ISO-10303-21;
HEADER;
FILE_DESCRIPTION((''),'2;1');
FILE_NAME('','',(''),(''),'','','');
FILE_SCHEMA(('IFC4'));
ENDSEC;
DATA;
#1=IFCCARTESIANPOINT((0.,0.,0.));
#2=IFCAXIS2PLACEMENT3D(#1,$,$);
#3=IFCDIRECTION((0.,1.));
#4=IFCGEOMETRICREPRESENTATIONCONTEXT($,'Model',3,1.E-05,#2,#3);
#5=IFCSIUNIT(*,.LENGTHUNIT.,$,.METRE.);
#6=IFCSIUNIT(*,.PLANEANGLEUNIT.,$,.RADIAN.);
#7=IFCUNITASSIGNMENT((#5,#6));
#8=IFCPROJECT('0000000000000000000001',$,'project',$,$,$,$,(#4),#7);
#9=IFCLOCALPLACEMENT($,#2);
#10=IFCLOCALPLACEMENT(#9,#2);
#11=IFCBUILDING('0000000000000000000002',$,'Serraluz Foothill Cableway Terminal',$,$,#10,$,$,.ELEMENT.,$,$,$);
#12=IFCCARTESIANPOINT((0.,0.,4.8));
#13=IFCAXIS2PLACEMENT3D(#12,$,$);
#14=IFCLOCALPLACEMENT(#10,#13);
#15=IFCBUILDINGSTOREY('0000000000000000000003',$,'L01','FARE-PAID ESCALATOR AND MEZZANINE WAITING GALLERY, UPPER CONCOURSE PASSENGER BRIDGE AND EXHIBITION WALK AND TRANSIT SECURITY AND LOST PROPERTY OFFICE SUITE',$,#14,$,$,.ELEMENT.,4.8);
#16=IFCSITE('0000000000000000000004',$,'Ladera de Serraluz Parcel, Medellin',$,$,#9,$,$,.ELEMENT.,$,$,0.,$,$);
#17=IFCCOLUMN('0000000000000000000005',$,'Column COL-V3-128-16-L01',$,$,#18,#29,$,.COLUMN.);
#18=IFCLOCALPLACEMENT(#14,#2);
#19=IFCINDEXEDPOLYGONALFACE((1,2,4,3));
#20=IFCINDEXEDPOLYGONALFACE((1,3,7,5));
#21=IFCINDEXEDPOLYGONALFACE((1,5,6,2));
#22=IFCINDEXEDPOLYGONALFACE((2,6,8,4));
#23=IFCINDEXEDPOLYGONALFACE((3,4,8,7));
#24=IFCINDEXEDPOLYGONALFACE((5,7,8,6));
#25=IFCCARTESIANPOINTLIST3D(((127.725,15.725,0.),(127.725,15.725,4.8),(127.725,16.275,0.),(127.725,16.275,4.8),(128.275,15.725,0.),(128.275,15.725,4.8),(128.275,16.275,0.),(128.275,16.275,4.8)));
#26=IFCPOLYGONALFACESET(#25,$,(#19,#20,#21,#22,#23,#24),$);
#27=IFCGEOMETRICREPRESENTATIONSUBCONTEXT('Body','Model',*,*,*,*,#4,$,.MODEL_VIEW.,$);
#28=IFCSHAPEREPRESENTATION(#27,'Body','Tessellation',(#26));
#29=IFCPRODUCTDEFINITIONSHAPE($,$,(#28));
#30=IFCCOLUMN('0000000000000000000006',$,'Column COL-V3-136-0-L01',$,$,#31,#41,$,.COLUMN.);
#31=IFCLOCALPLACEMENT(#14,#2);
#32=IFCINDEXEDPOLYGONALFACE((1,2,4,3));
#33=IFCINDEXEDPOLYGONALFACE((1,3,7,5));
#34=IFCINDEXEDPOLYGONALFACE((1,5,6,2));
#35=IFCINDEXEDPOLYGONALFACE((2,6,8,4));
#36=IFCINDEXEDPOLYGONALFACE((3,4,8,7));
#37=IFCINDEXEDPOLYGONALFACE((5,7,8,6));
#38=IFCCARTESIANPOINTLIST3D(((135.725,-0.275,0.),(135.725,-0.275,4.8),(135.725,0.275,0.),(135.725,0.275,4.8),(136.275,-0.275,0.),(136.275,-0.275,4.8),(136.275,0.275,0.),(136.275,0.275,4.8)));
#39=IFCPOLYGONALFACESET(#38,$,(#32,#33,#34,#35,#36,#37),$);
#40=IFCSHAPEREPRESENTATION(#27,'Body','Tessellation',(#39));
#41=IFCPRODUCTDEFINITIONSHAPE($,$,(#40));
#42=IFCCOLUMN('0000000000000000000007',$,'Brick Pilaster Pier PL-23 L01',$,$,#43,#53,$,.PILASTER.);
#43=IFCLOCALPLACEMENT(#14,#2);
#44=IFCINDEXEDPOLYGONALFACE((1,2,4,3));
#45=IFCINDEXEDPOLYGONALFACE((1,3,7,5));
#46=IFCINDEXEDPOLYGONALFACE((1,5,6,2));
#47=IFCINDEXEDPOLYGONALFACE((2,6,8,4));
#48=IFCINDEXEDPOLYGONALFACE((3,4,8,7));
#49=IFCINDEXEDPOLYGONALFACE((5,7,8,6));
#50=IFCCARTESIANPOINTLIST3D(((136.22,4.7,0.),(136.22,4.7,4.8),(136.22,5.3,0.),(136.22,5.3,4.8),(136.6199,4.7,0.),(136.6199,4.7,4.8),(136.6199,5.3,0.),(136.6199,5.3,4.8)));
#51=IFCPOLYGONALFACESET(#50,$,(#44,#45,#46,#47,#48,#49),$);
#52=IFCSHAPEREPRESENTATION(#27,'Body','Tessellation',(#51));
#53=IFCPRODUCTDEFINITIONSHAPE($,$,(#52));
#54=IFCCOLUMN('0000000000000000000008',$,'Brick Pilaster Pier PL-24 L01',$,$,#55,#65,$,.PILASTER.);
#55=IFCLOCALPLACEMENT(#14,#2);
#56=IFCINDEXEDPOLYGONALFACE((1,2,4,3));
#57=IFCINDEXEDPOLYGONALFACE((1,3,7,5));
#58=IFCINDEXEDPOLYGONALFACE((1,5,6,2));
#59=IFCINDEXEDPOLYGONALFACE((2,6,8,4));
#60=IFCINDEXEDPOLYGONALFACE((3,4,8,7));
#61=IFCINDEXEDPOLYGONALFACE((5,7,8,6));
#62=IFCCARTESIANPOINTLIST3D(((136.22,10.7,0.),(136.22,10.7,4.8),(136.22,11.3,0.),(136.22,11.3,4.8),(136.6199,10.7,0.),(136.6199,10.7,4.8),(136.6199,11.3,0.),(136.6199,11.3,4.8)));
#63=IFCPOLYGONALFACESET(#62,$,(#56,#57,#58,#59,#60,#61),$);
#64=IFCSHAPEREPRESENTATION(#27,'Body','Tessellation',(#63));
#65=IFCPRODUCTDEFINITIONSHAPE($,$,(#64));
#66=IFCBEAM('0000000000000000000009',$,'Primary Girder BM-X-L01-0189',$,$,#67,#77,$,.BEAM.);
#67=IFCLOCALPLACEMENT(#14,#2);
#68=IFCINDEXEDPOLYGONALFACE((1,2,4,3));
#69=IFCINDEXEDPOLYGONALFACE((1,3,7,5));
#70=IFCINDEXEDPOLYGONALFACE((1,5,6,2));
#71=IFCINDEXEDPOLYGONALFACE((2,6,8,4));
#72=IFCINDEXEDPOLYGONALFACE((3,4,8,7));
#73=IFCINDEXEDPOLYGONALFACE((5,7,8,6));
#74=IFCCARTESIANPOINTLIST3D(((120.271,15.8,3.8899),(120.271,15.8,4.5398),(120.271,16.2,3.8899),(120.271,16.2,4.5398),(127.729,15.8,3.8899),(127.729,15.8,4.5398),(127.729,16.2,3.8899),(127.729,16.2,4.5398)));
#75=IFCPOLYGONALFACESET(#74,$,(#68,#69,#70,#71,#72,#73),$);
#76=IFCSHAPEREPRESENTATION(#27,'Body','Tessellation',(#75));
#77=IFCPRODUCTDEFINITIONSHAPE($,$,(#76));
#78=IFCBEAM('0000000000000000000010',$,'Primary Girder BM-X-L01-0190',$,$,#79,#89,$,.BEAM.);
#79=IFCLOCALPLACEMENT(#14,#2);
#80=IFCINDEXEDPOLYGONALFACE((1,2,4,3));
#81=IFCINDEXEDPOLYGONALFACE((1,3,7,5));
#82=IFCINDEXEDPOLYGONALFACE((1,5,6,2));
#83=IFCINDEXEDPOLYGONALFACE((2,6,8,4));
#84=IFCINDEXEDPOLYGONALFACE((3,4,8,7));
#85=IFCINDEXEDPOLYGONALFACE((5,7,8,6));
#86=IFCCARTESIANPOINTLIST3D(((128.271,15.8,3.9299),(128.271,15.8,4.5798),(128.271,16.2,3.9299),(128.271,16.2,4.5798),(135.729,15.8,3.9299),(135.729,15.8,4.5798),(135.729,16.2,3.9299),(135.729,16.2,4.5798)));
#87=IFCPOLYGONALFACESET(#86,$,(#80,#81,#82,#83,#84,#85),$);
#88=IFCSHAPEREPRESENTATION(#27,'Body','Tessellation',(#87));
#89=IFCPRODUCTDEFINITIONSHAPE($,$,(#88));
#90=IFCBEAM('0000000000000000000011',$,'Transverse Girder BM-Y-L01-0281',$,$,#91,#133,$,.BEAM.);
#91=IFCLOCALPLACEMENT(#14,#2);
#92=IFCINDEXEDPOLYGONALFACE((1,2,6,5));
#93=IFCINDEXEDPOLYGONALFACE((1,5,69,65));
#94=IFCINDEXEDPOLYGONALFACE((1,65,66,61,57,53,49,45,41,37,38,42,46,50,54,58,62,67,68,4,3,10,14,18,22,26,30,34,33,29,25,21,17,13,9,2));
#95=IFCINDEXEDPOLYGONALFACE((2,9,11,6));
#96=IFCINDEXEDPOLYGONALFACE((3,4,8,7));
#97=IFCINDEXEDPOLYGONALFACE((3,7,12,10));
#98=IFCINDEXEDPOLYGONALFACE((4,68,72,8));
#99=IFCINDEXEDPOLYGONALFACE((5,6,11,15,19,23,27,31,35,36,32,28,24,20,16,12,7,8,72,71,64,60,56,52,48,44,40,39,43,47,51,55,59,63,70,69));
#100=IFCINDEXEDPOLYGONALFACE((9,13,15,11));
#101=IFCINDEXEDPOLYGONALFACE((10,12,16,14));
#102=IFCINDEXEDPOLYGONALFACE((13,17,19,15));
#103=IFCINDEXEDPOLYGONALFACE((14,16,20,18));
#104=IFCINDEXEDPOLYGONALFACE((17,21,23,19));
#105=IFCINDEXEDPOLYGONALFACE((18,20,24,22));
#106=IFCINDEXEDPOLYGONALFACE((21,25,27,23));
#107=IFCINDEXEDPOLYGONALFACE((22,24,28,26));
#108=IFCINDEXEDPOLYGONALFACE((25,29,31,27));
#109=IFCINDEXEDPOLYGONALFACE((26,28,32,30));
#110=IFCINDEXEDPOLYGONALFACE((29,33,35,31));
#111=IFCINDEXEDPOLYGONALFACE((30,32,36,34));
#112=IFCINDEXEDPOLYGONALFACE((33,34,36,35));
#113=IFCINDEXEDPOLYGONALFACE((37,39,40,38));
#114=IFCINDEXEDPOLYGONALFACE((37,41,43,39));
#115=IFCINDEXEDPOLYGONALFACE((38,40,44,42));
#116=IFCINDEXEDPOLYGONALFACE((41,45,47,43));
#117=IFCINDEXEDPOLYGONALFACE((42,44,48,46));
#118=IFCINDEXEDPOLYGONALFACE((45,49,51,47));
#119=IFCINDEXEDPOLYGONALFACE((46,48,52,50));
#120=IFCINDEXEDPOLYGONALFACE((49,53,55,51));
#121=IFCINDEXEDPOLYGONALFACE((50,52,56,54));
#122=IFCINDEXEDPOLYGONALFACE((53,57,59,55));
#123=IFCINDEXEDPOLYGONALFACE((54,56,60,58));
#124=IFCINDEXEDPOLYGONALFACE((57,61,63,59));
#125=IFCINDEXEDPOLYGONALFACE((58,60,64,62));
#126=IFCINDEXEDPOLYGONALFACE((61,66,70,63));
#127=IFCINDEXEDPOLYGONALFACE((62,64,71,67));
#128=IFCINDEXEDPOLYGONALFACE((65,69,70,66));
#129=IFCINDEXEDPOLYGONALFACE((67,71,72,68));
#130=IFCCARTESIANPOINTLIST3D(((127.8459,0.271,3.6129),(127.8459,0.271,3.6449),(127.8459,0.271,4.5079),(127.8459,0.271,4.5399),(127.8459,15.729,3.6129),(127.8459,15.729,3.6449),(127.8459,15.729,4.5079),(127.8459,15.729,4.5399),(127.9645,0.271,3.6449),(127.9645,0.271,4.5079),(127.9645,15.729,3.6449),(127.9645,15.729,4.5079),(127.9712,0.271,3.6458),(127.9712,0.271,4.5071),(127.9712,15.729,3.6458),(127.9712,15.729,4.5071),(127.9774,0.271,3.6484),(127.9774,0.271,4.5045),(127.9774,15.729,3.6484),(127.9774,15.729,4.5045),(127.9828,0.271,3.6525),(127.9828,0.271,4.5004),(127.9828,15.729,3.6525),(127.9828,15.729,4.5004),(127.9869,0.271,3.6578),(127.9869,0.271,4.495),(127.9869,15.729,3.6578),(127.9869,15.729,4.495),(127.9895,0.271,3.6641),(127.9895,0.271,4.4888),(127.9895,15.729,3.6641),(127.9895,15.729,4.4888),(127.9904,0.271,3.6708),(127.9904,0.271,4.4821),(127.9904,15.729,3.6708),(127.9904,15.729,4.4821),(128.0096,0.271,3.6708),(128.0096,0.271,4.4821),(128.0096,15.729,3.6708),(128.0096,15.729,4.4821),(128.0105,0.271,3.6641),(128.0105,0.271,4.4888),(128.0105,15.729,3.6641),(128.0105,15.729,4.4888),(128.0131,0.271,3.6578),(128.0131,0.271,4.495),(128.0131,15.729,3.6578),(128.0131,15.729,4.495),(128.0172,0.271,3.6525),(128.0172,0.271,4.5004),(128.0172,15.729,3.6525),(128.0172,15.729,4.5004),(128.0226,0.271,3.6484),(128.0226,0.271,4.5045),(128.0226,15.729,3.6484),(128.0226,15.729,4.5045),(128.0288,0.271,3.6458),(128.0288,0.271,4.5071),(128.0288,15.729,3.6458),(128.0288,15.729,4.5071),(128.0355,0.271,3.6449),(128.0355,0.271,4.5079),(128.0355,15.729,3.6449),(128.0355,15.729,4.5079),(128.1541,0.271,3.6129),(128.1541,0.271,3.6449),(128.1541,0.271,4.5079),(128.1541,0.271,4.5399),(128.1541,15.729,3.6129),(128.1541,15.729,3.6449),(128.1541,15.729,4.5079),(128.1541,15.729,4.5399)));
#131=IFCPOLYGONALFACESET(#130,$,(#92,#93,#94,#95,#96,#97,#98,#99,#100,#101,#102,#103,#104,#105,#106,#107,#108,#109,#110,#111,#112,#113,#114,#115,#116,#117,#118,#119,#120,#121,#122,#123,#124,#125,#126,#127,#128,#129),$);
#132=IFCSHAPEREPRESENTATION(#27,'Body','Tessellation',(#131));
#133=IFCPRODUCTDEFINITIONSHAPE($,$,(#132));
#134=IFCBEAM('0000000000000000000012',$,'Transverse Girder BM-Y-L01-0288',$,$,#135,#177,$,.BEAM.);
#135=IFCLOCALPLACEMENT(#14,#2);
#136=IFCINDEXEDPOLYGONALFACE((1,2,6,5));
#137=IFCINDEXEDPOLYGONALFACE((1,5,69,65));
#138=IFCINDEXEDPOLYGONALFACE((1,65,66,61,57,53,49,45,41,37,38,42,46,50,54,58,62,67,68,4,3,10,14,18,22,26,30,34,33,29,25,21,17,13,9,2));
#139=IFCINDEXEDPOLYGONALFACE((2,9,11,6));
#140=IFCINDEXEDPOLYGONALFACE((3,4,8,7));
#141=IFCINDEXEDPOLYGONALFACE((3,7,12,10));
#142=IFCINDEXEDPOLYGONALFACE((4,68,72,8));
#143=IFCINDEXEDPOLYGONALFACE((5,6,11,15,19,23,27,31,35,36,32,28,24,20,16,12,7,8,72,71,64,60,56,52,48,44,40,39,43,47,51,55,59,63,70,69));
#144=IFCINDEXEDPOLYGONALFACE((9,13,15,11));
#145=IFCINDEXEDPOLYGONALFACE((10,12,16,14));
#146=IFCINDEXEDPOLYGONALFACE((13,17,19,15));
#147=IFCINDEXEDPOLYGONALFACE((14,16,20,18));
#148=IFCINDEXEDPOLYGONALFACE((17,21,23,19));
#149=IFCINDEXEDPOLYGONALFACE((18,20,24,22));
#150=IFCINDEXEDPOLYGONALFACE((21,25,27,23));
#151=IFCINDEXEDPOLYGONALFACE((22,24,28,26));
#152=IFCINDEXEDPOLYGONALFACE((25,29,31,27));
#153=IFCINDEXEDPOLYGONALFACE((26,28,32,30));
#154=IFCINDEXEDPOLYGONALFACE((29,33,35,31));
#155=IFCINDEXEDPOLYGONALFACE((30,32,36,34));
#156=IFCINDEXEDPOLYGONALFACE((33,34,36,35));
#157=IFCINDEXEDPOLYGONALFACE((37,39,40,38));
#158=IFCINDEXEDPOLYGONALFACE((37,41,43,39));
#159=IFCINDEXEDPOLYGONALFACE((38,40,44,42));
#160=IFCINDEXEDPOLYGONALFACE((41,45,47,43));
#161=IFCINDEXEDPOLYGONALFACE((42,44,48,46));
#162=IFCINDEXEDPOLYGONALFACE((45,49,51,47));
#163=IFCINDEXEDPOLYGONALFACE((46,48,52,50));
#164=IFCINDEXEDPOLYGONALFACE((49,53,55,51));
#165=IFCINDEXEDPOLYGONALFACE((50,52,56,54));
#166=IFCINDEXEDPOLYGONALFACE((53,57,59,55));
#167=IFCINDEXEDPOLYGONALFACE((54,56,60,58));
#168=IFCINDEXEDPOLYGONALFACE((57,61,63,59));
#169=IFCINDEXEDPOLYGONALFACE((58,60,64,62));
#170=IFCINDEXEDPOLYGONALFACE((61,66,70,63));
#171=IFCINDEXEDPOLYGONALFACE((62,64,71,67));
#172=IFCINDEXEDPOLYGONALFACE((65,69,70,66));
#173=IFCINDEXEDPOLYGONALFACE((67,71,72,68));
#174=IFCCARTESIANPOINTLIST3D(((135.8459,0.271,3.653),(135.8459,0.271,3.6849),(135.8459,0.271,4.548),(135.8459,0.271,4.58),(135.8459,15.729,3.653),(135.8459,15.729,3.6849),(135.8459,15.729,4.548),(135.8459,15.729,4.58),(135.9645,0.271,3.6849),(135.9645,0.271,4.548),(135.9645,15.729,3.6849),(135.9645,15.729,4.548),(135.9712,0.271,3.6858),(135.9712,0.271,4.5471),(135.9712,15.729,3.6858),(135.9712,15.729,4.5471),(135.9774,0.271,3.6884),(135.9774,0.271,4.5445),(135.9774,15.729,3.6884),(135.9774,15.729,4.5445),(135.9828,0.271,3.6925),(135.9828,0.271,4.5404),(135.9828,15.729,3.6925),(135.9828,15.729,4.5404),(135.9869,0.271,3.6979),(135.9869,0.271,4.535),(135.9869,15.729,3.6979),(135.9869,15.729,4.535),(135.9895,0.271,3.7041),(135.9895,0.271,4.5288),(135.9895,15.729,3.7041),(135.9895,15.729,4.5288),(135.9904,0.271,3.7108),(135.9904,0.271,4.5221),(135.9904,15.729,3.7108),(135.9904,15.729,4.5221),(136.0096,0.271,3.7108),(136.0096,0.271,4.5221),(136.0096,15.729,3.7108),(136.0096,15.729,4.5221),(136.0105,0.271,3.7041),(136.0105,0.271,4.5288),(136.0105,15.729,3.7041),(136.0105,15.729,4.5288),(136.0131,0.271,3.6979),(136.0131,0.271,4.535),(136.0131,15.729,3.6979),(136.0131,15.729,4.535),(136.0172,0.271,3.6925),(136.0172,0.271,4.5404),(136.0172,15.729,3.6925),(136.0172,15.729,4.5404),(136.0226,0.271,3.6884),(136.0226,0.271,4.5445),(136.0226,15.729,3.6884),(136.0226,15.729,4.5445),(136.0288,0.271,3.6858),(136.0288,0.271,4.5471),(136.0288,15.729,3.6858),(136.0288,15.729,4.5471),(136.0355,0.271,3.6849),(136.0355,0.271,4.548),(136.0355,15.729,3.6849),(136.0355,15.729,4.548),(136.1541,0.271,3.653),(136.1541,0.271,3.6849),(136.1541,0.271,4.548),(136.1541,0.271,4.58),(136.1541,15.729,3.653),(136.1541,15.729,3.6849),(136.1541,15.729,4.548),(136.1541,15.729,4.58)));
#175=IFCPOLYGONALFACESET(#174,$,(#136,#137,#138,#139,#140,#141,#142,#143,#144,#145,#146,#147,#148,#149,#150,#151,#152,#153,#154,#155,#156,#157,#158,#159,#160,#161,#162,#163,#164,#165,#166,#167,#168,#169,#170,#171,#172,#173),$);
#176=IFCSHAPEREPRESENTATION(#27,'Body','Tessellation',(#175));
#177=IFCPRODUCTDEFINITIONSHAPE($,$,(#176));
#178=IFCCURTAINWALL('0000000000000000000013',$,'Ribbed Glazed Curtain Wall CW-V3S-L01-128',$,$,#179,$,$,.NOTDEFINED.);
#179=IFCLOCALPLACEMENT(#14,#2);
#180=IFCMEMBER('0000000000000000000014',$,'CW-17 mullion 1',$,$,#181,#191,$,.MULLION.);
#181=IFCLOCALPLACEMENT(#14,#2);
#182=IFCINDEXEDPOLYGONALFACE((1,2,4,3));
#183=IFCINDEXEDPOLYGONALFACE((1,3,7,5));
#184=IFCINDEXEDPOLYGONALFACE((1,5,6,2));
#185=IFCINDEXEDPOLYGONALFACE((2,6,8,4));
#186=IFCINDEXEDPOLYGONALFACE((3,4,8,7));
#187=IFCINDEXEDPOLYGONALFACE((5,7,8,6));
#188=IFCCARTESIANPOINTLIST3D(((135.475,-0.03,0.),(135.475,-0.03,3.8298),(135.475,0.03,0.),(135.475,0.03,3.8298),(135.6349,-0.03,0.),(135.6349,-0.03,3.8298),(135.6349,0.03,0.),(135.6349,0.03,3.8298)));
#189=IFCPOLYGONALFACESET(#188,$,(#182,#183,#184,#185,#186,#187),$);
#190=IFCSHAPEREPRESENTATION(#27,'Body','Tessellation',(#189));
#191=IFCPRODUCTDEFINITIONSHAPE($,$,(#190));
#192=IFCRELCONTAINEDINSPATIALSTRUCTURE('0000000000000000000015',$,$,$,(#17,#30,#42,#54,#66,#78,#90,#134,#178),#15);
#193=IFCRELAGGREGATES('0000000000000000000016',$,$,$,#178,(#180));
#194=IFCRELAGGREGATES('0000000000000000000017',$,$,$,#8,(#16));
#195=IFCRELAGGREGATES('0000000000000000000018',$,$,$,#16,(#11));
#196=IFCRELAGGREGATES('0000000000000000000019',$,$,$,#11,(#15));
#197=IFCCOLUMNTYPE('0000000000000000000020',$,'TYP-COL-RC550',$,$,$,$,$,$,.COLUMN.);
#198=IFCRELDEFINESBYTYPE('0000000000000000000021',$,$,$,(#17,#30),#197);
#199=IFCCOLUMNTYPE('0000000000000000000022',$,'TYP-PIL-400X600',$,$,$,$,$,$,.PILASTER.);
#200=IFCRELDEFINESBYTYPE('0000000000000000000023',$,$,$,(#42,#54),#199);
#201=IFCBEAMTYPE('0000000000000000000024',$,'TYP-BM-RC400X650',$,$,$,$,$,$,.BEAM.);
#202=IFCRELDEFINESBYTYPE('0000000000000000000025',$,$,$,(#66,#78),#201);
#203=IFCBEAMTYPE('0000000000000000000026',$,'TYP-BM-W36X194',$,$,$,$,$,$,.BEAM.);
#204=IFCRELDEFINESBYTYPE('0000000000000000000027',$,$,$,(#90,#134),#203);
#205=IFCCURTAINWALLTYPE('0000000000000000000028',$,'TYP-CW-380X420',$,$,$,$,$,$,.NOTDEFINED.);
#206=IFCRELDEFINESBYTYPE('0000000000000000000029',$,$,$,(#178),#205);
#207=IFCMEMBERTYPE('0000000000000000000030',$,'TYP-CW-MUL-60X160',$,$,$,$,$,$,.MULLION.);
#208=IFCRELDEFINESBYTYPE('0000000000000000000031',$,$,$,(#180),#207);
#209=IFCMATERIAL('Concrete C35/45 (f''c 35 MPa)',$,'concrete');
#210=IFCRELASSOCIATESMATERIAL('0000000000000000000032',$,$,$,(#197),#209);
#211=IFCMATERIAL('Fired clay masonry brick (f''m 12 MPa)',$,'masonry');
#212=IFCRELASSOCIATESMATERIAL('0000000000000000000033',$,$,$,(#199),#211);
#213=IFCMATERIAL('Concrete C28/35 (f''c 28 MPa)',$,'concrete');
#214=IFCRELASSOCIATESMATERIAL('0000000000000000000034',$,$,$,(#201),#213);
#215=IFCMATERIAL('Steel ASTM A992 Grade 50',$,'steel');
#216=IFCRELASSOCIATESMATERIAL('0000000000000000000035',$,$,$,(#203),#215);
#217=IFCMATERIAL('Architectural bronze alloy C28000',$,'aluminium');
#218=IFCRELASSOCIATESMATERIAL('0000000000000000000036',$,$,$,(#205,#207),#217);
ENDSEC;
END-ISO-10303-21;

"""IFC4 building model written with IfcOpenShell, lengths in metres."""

from ifc_helpers import new_model, si_unit, direction, frame, origin, origin_2d, place, context, subcontext, project, spatial, rectangle, i_section, extrude, material, material_profile, profile_set, type_object, element, aggregate, save


model = new_model("IFC4")

# Units and contexts
model_context = context("Model", 3, precision=1e-05, world=origin(), true_north=direction((0.0, 1.0)))
body_context = subcontext(model_context, "Body", "Model", "MODEL_VIEW")
ifc_project = project(units=[si_unit("LENGTHUNIT", "METRE"), si_unit("PLANEANGLEUNIT", "RADIAN")], contexts=[model_context])

# Site, building, storey
site_placement = place(None, origin())
site = spatial("IfcSite", under=ifc_project, at=site_placement, Name="Ladera de Serraluz Parcel, Medellin", CompositionType="ELEMENT", RefElevation=0.0)
building_placement = place(site_placement, origin())
building = spatial("IfcBuilding", under=site, at=building_placement, Name="Serraluz Foothill Cableway Terminal", CompositionType="ELEMENT")
storey_placement = place(building_placement, frame((0.0, 0.0, 4.8)))
storey = spatial("IfcBuildingStorey", under=building, at=storey_placement, Name="L01", Description="FARE-PAID ESCALATOR AND MEZZANINE WAITING GALLERY, UPPER CONCOURSE PASSENGER BRIDGE AND EXHIBITION WALK AND TRANSIT SECURITY AND LOST PROPERTY OFFICE SUITE", CompositionType="ELEMENT", Elevation=4.8)

# Columns
ifc_material_1 = material(Name="Concrete C35/45 (f'c 35 MPa)", Category="concrete")
ifc_material_profile_1 = material_profile(ifc_material_1, rectangle(XDim=0.55, YDim=0.55, at=origin_2d()), Name="RC 550x550")
ifc_profile_set_1 = profile_set([ifc_material_profile_1], Name="Concrete C35/45 (f'c 35 MPa)")
column_type_1 = type_object("IfcColumnType", Name="TYP-COL-RC550", PredefinedType="COLUMN", material=ifc_profile_set_1)
for number, where, z_axis, x_axis, name in (
    (1, (128.0, 16.0, 0.0), (0.0, 0.0, 1.0), (1.0, 0.0, 0.0), "Column COL-V3-128-16-L01"),
    (2, (136.0, 0.0, 0.0), (0.0, 0.0, 1.0), (1.0, 0.0, 0.0), "Column COL-V3-136-0-L01"),
):
    element("IfcColumn", number, at=place(storey_placement, frame(where, z_axis=z_axis, x_axis=x_axis)), inside=storey, type_object=column_type_1, Name=name, PredefinedType="COLUMN", context=body_context, shape_type="SweptSolid", body=[
        extrude(rectangle(XDim=0.55, YDim=0.55, at=origin_2d()), origin(), (0.0, 0.0, 1.0), 4.8),
    ])
ifc_material_2 = material(Name="Fired clay masonry brick (f'm 12 MPa)", Category="masonry")
ifc_material_profile_2 = material_profile(ifc_material_2, rectangle(XDim=0.3999, YDim=0.6001, at=origin_2d()), Name="PIL 400x600")
ifc_profile_set_2 = profile_set([ifc_material_profile_2], Name="Fired clay masonry brick (f'm 12 MPa)")
column_type_2 = type_object("IfcColumnType", Name="TYP-PIL-400X600", PredefinedType="PILASTER", material=ifc_profile_set_2)
for number, where, z_axis, x_axis, name in (
    (3, (136.4199, 5.0, 0.0), (0.0, 0.0, 1.0), (1.0, 0.0, 0.0), "Brick Pilaster Pier PL-23 L01"),
    (4, (136.4199, 11.0, 0.0), (0.0, 0.0, 1.0), (1.0, 0.0, 0.0), "Brick Pilaster Pier PL-24 L01"),
):
    element("IfcColumn", number, at=place(storey_placement, frame(where, z_axis=z_axis, x_axis=x_axis)), inside=storey, type_object=column_type_2, Name=name, PredefinedType="PILASTER", context=body_context, shape_type="SweptSolid", body=[
        extrude(rectangle(XDim=0.3999, YDim=0.6001, at=origin_2d()), origin(), (0.0, 0.0, 1.0), 4.8),
    ])

# Beams
ifc_material_3 = material(Name="Concrete C28/35 (f'c 28 MPa)", Category="concrete")
ifc_material_profile_3 = material_profile(ifc_material_3, rectangle(XDim=0.3999, YDim=0.6499, at=origin_2d()), Name="RC 400x650")
ifc_profile_set_3 = profile_set([ifc_material_profile_3], Name="Concrete C28/35 (f'c 28 MPa)")
beam_type_1 = type_object("IfcBeamType", Name="TYP-BM-RC400X650", PredefinedType="BEAM", material=ifc_profile_set_3)
for number, where, z_axis, x_axis, name in (
    (5, (120.271, 16.0, 4.2148), (1.0, 0.0, 0.0), (0.0, 1.0, 0.0), "Primary Girder BM-X-L01-0189"),
    (6, (128.271, 16.0, 4.2549), (1.0, 0.0, 0.0), (0.0, 1.0, 0.0), "Primary Girder BM-X-L01-0190"),
):
    element("IfcBeam", number, at=place(storey_placement, frame(where, z_axis=z_axis, x_axis=x_axis)), inside=storey, type_object=beam_type_1, Name=name, PredefinedType="BEAM", context=body_context, shape_type="SweptSolid", body=[
        extrude(rectangle(XDim=0.3999, YDim=0.6499, at=origin_2d()), origin(), (0.0, 0.0, 1.0), 7.458),
    ])
ifc_material_4 = material(Name="Steel ASTM A992 Grade 50", Category="steel")
ifc_material_profile_4 = material_profile(ifc_material_4, i_section(OverallWidth=0.3081, OverallDepth=0.927, WebThickness=0.0193, FlangeThickness=0.032, FilletRadius=0.0259, at=origin_2d()), Name="W36X194")
ifc_profile_set_4 = profile_set([ifc_material_profile_4], Name="Steel ASTM A992 Grade 50")
beam_type_2 = type_object("IfcBeamType", Name="TYP-BM-W36X194", PredefinedType="BEAM", material=ifc_profile_set_4)
for number, where, z_axis, x_axis, name in (
    (7, (128.0, 0.271, 4.0764), (0.0, 1.0, 0.0), (-1.0, 0.0, 0.0), "Transverse Girder BM-Y-L01-0281"),
    (8, (136.0, 0.271, 4.1165), (0.0, 1.0, 0.0), (-1.0, 0.0, 0.0), "Transverse Girder BM-Y-L01-0288"),
):
    element("IfcBeam", number, at=place(storey_placement, frame(where, z_axis=z_axis, x_axis=x_axis)), inside=storey, type_object=beam_type_2, Name=name, PredefinedType="BEAM", context=body_context, shape_type="SweptSolid", body=[
        extrude(i_section(OverallWidth=0.3081, OverallDepth=0.927, WebThickness=0.0193, FlangeThickness=0.032, FilletRadius=0.0259, at=origin_2d()), origin(), (0.0, 0.0, 1.0), 15.458),
    ])

# Curtain wall, member
ifc_material_5 = material(Name="Architectural bronze alloy C28000", Category="aluminium")
curtain_wall_type = type_object("IfcCurtainWallType", Name="TYP-CW-380X420", PredefinedType="NOTDEFINED", material=ifc_material_5)
curtain_wall_placement = place(storey_placement, origin())
curtain_wall = element("IfcCurtainWall", 9, at=curtain_wall_placement, inside=storey, type_object=curtain_wall_type, Name="Ribbed Glazed Curtain Wall CW-V3S-L01-128", PredefinedType="NOTDEFINED")
ifc_material_profile_5 = material_profile(ifc_material_5, rectangle(XDim=0.0601, YDim=0.1599, at=origin_2d()), Name="ALU MULLION 60x160")
ifc_profile_set_5 = profile_set([ifc_material_profile_5], Name="Architectural bronze alloy C28000")
member_type_1 = type_object("IfcMemberType", Name="TYP-CW-MUL-60X160", PredefinedType="MULLION", material=ifc_profile_set_5)
member_1_placement = place(storey_placement, frame((135.5549, 0.0, 0.0), z_axis=(0.0, 0.0, 1.0), x_axis=(0.0, -1.0, 0.0)))
member_1 = element("IfcMember", 10, at=member_1_placement, type_object=member_type_1, Name="CW-17 mullion 1", PredefinedType="MULLION", context=body_context, shape_type="SweptSolid", body=[
    extrude(rectangle(XDim=0.0601, YDim=0.1599, at=origin_2d()), origin(), (0.0, 0.0, 1.0), 3.8298),
])

aggregate(curtain_wall, [member_1])

save(model, "model.ifc")
